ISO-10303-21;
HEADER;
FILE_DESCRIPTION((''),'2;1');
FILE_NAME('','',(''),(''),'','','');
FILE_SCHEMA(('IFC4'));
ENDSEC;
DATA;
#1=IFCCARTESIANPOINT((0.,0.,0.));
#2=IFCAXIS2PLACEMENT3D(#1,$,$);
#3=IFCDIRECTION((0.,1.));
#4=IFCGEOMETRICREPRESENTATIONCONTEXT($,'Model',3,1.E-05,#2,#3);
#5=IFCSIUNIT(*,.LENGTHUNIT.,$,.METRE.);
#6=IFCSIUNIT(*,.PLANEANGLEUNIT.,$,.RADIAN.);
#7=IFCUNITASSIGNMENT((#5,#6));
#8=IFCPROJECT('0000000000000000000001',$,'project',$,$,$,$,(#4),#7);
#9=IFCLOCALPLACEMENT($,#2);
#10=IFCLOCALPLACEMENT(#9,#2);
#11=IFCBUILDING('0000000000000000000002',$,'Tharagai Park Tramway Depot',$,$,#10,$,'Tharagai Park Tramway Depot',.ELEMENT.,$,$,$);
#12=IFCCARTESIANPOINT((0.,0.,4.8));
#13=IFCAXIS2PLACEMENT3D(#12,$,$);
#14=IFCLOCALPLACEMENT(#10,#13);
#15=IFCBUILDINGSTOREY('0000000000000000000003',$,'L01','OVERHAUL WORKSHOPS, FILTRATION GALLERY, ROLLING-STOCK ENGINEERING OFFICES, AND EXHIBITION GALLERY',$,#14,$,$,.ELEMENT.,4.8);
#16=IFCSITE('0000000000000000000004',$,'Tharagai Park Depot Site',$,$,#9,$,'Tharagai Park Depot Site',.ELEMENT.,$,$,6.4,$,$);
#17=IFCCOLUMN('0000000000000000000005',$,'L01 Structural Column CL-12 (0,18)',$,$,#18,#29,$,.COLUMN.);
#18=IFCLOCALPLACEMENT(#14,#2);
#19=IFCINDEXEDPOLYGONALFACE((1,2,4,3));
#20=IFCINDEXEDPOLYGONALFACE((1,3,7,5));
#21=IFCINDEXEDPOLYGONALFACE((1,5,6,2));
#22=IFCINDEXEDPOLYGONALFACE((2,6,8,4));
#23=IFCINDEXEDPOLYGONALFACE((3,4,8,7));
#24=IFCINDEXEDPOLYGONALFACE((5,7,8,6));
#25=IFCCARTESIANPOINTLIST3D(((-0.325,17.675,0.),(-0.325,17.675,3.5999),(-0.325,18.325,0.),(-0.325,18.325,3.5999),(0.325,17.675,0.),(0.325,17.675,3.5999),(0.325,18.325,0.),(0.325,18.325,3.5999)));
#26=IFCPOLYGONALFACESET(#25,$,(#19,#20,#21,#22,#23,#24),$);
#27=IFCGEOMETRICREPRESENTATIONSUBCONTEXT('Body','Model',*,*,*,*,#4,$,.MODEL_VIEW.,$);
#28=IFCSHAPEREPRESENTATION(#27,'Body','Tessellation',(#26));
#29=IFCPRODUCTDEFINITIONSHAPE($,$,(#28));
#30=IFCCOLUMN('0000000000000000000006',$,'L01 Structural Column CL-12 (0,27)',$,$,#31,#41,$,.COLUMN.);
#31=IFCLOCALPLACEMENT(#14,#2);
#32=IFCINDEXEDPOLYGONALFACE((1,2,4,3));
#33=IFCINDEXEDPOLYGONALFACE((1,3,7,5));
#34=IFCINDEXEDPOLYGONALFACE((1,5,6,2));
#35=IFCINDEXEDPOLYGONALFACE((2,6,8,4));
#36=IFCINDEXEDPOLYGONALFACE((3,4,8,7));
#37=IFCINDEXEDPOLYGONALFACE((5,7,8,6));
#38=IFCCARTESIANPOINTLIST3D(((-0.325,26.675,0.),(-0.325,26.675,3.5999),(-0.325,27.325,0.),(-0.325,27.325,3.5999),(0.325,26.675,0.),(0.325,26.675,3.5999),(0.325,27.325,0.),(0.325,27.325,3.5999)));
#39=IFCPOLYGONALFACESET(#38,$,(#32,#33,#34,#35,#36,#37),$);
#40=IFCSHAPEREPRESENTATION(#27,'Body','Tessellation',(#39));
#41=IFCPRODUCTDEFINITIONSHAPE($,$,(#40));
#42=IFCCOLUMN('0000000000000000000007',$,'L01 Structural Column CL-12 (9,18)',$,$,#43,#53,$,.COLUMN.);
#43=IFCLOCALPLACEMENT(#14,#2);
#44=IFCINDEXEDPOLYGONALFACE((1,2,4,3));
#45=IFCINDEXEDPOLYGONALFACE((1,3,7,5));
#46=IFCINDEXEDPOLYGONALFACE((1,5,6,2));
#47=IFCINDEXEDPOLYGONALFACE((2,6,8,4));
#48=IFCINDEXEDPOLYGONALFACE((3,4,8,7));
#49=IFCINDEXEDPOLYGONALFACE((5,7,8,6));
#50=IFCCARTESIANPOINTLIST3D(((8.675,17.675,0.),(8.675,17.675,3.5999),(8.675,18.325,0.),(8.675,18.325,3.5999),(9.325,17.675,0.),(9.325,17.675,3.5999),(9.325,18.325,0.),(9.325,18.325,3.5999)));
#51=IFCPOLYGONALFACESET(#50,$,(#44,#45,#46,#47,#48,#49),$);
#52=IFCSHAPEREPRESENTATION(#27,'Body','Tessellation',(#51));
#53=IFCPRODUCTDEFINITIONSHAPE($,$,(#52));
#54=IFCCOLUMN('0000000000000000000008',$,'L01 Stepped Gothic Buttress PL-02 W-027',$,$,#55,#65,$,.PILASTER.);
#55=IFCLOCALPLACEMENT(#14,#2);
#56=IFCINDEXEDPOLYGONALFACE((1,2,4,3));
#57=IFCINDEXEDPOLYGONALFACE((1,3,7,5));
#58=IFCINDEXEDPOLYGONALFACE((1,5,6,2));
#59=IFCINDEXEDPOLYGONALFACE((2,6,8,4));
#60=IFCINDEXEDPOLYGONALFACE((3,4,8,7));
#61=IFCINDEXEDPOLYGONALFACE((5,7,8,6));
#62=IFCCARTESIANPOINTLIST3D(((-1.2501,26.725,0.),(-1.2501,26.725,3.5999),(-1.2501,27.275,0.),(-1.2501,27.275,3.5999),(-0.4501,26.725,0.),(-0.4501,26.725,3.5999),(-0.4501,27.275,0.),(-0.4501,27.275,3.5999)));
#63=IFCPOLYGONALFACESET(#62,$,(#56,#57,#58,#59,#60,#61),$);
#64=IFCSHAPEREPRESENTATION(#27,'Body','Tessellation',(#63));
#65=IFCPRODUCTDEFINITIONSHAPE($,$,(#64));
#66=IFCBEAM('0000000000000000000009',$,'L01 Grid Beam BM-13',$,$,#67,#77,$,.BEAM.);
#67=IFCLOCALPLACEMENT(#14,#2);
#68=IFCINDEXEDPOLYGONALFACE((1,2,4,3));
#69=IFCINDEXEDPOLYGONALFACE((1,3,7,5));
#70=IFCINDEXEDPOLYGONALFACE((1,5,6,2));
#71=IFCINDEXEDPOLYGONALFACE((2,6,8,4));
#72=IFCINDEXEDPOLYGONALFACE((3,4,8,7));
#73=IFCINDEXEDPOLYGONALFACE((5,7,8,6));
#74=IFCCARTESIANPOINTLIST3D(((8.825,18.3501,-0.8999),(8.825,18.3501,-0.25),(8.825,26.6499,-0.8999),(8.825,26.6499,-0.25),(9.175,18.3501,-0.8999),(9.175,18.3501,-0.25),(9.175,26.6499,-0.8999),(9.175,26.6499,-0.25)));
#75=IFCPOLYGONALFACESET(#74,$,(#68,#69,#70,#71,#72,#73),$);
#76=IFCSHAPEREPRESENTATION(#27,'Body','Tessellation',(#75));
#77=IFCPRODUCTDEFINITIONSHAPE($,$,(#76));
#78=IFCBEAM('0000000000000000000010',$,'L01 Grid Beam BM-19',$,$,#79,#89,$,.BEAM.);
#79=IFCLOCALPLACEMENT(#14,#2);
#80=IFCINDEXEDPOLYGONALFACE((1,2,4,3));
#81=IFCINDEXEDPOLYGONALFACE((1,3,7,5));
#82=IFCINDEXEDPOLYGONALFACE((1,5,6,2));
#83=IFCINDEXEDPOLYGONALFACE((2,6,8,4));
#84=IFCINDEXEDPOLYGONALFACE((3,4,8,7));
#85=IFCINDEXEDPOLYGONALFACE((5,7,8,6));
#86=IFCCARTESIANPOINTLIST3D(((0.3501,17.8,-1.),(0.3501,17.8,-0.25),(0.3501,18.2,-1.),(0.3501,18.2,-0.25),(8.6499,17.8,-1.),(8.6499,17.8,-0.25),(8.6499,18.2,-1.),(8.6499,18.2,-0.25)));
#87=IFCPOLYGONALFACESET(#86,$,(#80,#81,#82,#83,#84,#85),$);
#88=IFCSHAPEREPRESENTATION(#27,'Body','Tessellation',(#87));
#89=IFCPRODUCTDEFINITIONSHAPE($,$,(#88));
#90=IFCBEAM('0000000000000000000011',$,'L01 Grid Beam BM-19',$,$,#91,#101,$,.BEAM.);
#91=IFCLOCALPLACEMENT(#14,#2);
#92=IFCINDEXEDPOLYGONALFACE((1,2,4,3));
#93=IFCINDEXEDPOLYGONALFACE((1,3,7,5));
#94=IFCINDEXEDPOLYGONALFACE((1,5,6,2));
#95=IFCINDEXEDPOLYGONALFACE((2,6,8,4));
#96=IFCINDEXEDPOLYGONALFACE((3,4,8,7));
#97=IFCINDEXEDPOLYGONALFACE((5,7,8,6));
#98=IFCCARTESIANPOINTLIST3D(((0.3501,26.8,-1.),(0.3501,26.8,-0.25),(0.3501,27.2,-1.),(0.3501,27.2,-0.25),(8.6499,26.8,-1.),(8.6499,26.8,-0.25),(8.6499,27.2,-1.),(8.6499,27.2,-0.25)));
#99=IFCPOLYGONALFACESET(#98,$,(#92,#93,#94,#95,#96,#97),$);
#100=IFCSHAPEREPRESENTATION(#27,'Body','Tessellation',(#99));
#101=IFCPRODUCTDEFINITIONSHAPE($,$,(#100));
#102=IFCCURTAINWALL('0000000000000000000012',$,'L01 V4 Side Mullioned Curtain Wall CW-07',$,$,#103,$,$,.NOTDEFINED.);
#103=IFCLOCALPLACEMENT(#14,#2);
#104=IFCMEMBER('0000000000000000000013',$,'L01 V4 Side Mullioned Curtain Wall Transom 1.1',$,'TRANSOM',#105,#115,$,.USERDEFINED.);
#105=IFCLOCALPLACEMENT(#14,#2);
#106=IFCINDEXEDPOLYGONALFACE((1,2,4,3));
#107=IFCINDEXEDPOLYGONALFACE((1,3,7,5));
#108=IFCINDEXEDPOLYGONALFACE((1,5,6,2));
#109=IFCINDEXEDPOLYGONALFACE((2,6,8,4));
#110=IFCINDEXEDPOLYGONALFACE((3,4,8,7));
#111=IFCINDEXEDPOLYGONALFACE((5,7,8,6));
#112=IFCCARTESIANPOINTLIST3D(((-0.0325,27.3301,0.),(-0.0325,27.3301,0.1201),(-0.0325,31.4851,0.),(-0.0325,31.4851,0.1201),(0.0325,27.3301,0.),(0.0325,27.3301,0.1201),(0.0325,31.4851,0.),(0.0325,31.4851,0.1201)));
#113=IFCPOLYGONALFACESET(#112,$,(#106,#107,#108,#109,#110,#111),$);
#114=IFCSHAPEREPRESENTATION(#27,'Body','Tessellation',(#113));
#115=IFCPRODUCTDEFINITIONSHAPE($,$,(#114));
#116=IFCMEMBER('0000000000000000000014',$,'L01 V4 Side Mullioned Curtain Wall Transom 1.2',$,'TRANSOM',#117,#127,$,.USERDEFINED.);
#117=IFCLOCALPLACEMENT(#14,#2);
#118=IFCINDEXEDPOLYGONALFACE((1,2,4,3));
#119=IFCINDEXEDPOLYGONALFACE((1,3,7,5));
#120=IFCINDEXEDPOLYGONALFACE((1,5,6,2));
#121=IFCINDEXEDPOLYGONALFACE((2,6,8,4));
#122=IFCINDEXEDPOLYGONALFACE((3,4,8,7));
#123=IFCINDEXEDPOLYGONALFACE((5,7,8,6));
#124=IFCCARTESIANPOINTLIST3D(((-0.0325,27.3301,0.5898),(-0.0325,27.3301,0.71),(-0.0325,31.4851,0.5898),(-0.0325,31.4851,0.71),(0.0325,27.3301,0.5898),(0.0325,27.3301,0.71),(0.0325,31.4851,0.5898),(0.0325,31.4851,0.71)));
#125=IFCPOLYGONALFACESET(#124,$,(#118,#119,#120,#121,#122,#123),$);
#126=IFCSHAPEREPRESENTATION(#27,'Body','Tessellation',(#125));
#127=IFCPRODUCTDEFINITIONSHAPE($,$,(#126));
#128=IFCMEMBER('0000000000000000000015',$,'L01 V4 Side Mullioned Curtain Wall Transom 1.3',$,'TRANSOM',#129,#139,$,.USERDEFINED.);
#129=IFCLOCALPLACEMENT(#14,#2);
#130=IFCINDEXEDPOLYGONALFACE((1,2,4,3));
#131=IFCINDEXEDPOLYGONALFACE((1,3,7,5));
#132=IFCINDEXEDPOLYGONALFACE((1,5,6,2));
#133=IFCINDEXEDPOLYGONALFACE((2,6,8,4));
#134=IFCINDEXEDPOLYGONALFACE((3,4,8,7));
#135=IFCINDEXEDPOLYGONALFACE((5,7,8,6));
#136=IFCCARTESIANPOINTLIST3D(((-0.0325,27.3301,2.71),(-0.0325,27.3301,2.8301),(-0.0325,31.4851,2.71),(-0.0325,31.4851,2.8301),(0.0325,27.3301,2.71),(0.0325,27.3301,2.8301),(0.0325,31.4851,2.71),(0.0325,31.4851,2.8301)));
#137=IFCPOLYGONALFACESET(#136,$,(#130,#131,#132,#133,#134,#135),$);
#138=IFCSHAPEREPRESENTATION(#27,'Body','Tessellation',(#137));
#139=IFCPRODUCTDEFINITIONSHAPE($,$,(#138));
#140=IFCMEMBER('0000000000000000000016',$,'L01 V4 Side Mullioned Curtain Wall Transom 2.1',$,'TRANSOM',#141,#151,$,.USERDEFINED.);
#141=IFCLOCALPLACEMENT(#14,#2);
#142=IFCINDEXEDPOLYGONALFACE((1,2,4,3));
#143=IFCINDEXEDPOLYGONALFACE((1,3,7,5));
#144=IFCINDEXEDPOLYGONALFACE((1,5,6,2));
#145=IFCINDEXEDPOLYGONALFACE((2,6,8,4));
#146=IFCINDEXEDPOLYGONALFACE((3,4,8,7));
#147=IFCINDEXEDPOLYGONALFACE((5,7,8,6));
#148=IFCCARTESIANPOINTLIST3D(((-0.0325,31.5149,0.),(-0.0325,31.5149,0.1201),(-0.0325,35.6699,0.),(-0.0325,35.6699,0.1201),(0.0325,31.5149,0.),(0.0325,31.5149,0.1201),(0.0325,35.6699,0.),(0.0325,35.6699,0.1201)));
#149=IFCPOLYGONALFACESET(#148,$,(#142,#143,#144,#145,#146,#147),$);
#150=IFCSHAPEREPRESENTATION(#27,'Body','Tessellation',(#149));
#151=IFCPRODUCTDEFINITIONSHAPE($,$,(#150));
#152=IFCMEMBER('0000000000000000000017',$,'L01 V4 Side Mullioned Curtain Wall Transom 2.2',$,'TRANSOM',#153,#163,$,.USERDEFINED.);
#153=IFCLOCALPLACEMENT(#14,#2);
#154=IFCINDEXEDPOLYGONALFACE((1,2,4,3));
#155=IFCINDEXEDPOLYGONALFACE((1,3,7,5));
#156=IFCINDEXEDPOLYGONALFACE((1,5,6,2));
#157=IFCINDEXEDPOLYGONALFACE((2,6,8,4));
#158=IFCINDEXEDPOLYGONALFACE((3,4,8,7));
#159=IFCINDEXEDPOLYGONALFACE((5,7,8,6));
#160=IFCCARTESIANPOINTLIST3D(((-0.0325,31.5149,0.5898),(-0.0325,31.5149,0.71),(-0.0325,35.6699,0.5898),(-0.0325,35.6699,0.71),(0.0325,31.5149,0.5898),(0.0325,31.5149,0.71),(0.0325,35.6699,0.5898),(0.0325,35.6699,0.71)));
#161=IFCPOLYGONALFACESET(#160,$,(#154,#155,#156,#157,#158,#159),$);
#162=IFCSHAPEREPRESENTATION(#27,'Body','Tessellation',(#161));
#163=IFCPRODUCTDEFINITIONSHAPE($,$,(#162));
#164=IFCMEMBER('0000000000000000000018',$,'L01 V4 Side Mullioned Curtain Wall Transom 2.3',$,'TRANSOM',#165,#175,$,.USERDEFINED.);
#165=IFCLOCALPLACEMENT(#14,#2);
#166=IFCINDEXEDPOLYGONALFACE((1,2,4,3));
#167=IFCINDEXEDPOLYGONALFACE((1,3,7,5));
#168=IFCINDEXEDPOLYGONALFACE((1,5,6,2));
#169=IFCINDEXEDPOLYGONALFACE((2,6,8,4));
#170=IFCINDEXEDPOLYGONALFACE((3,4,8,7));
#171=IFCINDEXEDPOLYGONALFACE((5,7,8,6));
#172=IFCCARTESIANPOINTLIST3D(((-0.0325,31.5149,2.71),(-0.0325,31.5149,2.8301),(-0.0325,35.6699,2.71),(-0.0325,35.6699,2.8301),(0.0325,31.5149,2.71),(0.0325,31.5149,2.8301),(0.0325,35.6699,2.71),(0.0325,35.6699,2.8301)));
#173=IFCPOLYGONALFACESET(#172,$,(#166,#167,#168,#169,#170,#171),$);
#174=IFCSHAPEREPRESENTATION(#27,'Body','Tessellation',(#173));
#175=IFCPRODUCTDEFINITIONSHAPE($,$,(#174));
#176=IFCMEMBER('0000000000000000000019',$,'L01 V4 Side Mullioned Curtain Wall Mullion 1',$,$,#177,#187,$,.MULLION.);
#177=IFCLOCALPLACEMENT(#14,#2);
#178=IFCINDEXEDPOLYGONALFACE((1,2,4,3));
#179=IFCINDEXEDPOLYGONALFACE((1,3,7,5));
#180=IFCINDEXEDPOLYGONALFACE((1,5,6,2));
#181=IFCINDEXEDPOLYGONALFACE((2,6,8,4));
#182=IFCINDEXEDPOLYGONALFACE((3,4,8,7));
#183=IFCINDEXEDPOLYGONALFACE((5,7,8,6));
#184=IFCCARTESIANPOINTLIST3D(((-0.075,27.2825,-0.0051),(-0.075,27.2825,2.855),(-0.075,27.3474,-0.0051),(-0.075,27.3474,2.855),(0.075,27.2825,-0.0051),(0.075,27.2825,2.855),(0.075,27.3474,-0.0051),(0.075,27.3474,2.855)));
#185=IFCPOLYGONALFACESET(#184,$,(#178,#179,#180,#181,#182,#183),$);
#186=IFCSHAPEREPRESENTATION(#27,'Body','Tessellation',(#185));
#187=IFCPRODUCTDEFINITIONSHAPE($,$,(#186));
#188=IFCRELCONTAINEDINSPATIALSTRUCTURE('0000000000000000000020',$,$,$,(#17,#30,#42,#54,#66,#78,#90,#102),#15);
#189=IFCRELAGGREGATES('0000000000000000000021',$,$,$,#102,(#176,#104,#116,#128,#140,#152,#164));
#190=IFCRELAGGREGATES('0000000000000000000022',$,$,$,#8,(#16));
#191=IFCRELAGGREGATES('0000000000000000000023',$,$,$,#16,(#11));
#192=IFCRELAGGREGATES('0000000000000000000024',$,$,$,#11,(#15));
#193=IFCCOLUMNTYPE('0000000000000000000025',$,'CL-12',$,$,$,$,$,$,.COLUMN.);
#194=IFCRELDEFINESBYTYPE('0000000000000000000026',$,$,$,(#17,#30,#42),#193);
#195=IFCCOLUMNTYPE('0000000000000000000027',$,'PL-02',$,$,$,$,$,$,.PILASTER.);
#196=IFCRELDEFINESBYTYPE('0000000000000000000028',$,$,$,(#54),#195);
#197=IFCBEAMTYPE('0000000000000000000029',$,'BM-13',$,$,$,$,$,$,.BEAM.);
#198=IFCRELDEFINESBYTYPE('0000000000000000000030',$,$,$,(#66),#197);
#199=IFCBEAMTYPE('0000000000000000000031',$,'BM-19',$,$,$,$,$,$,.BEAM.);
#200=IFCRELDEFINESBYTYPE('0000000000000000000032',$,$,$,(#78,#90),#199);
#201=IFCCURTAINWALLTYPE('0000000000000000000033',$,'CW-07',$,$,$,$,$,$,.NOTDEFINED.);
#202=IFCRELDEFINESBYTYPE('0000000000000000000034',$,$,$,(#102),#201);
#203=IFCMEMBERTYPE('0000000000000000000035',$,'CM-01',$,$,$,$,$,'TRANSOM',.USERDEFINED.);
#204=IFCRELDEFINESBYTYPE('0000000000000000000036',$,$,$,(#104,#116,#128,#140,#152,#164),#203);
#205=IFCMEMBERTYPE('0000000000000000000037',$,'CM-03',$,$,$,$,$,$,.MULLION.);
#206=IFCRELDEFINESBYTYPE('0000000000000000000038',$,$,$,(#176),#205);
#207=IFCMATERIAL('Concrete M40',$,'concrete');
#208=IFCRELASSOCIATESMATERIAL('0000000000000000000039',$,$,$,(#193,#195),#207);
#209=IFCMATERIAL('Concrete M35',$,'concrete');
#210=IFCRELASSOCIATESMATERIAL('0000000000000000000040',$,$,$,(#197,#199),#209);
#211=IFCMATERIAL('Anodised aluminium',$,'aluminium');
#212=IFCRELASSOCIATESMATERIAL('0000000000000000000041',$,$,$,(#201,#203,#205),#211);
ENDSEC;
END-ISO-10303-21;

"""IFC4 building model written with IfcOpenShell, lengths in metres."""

from ifc_helpers import new_model, si_unit, direction, frame, origin, origin_2d, place, context, subcontext, project, spatial, rectangle, extrude, material, material_profile, profile_set, type_object, element, aggregate, save


model = new_model("IFC4")

# Units and contexts
model_context = context("Model", 3, precision=1e-05, world=origin(), true_north=direction((0.0, 1.0)))
body_context = subcontext(model_context, "Body", "Model", "MODEL_VIEW")
ifc_project = project(units=[si_unit("LENGTHUNIT", "METRE"), si_unit("PLANEANGLEUNIT", "RADIAN")], contexts=[model_context])

# Site, building, storey
site_placement = place(None, origin())
site = spatial("IfcSite", under=ifc_project, at=site_placement, Name="Tharagai Park Depot Site", LongName="Tharagai Park Depot Site", CompositionType="ELEMENT", RefElevation=6.4)
building_placement = place(site_placement, origin())
building = spatial("IfcBuilding", under=site, at=building_placement, Name="Tharagai Park Tramway Depot", LongName="Tharagai Park Tramway Depot", CompositionType="ELEMENT")
storey_placement = place(building_placement, frame((0.0, 0.0, 4.8)))
storey = spatial("IfcBuildingStorey", under=building, at=storey_placement, Name="L01", Description="OVERHAUL WORKSHOPS, FILTRATION GALLERY, ROLLING-STOCK ENGINEERING OFFICES, AND EXHIBITION GALLERY", CompositionType="ELEMENT", Elevation=4.8)

# Columns
ifc_material_1 = material(Name="Concrete M40", Category="concrete")
ifc_material_profile_1 = material_profile(ifc_material_1, rectangle(XDim=0.6499, YDim=0.6499, at=origin_2d()), Name="RC 650x650")
ifc_profile_set_1 = profile_set([ifc_material_profile_1], Name="Concrete M40")
column_type_1 = type_object("IfcColumnType", Name="CL-12", PredefinedType="COLUMN", material=ifc_profile_set_1)
for number, where, z_axis, x_axis, name in (
    (1, (0.0, 18.0, 0.0), (0.0, 0.0, 1.0), (1.0, 0.0, 0.0), "L01 Structural Column CL-12 (0,18)"),
    (2, (0.0, 27.0, 0.0), (0.0, 0.0, 1.0), (1.0, 0.0, 0.0), "L01 Structural Column CL-12 (0,27)"),
    (3, (9.0, 18.0, 0.0), (0.0, 0.0, 1.0), (1.0, 0.0, 0.0), "L01 Structural Column CL-12 (9,18)"),
):
    element("IfcColumn", number, at=place(storey_placement, frame(where, z_axis=z_axis, x_axis=x_axis)), inside=storey, type_object=column_type_1, Name=name, PredefinedType="COLUMN", context=body_context, shape_type="SweptSolid", body=[
        extrude(rectangle(XDim=0.6499, YDim=0.6499, at=origin_2d()), origin(), (0.0, 0.0, 1.0), 3.5999),
    ])
ifc_material_profile_2 = material_profile(ifc_material_1, rectangle(XDim=0.55, YDim=0.8, at=origin_2d()), Name="RC 550x800")
ifc_profile_set_2 = profile_set([ifc_material_profile_2], Name="Concrete M40")
column_type_2 = type_object("IfcColumnType", Name="PL-02", PredefinedType="PILASTER", material=ifc_profile_set_2)
column_placement = place(storey_placement, frame((-0.8501, 27.0, 0.0), z_axis=(0.0, 0.0, 1.0), x_axis=(0.0, 1.0, 0.0)))
element("IfcColumn", 4, at=column_placement, inside=storey, type_object=column_type_2, Name="L01 Stepped Gothic Buttress PL-02 W-027", PredefinedType="PILASTER", context=body_context, shape_type="SweptSolid", body=[
    extrude(rectangle(XDim=0.55, YDim=0.8, at=origin_2d()), origin(), (0.0, 0.0, 1.0), 3.5999),
])

# Beams
ifc_material_2 = material(Name="Concrete M35", Category="concrete")
ifc_material_profile_3 = material_profile(ifc_material_2, rectangle(XDim=0.3501, YDim=0.6499, at=origin_2d()), Name="RC 350x650")
ifc_profile_set_3 = profile_set([ifc_material_profile_3], Name="Concrete M35")
beam_type_1 = type_object("IfcBeamType", Name="BM-13", PredefinedType="BEAM", material=ifc_profile_set_3)
beam_1_placement = place(storey_placement, frame((9.0, 18.3501, -0.575), z_axis=(0.0, 1.0, 0.0), x_axis=(-1.0, 0.0, 0.0)))
element("IfcBeam", 5, at=beam_1_placement, inside=storey, type_object=beam_type_1, Name="L01 Grid Beam BM-13", PredefinedType="BEAM", context=body_context, shape_type="SweptSolid", body=[
    extrude(rectangle(XDim=0.3501, YDim=0.6499, at=origin_2d()), origin(), (0.0, 0.0, 1.0), 8.2998),
])
ifc_material_profile_4 = material_profile(ifc_material_2, rectangle(XDim=0.3999, YDim=0.75, at=origin_2d()), Name="RC 400x750")
ifc_profile_set_4 = profile_set([ifc_material_profile_4], Name="Concrete M35")
beam_type_2 = type_object("IfcBeamType", Name="BM-19", PredefinedType="BEAM", material=ifc_profile_set_4)
for number, where, z_axis, x_axis, name in (
    (6, (0.3501, 18.0, -0.625), (1.0, 0.0, 0.0), (0.0, 1.0, 0.0), "L01 Grid Beam BM-19"),
    (7, (0.3501, 27.0, -0.625), (1.0, 0.0, 0.0), (0.0, 1.0, 0.0), "L01 Grid Beam BM-19"),
):
    element("IfcBeam", number, at=place(storey_placement, frame(where, z_axis=z_axis, x_axis=x_axis)), inside=storey, type_object=beam_type_2, Name=name, PredefinedType="BEAM", context=body_context, shape_type="SweptSolid", body=[
        extrude(rectangle(XDim=0.3999, YDim=0.75, at=origin_2d()), origin(), (0.0, 0.0, 1.0), 8.2998),
    ])

# Curtain wall, members
ifc_material_3 = material(Name="Anodised aluminium", Category="aluminium")
curtain_wall_type = type_object("IfcCurtainWallType", Name="CW-07", PredefinedType="NOTDEFINED", material=ifc_material_3)
curtain_wall_placement = place(storey_placement, origin())
curtain_wall = element("IfcCurtainWall", 8, at=curtain_wall_placement, inside=storey, type_object=curtain_wall_type, Name="L01 V4 Side Mullioned Curtain Wall CW-07", PredefinedType="NOTDEFINED")
ifc_material_profile_5 = material_profile(ifc_material_3, rectangle(XDim=0.0649, YDim=0.1201, at=origin_2d()), Name="ALU 65x120")
ifc_profile_set_5 = profile_set([ifc_material_profile_5], Name="Anodised aluminium")
member_type_1 = type_object("IfcMemberType", Name="CM-01", ElementType="TRANSOM", PredefinedType="USERDEFINED", material=ifc_profile_set_5)
member_1_placement = place(storey_placement, frame((0.0, 27.3301, 0.0601), z_axis=(0.0, 1.0, 0.0), x_axis=(-1.0, 0.0, 0.0)))
member_1 = element("IfcMember", 9, at=member_1_placement, type_object=member_type_1, Name="L01 V4 Side Mullioned Curtain Wall Transom 1.1", ObjectType="TRANSOM", PredefinedType="USERDEFINED", context=body_context, shape_type="SweptSolid", body=[
    extrude(rectangle(XDim=0.0649, YDim=0.1201, at=origin_2d()), origin(), (0.0, 0.0, 1.0), 4.155),
])
member_2_placement = place(storey_placement, frame((0.0, 27.3301, 0.6499), z_axis=(0.0, 1.0, 0.0), x_axis=(-1.0, 0.0, 0.0)))
member_2 = element("IfcMember", 10, at=member_2_placement, type_object=member_type_1, Name="L01 V4 Side Mullioned Curtain Wall Transom 1.2", ObjectType="TRANSOM", PredefinedType="USERDEFINED", context=body_context, shape_type="SweptSolid", body=[
    extrude(rectangle(XDim=0.0649, YDim=0.1201, at=origin_2d()), origin(), (0.0, 0.0, 1.0), 4.155),
])
member_3_placement = place(storey_placement, frame((0.0, 27.3301, 2.77), z_axis=(0.0, 1.0, 0.0), x_axis=(-1.0, 0.0, 0.0)))
member_3 = element("IfcMember", 11, at=member_3_placement, type_object=member_type_1, Name="L01 V4 Side Mullioned Curtain Wall Transom 1.3", ObjectType="TRANSOM", PredefinedType="USERDEFINED", context=body_context, shape_type="SweptSolid", body=[
    extrude(rectangle(XDim=0.0649, YDim=0.1201, at=origin_2d()), origin(), (0.0, 0.0, 1.0), 4.155),
])
member_4_placement = place(storey_placement, frame((0.0, 31.5149, 0.0601), z_axis=(0.0, 1.0, 0.0), x_axis=(-1.0, 0.0, 0.0)))
member_4 = element("IfcMember", 12, at=member_4_placement, type_object=member_type_1, Name="L01 V4 Side Mullioned Curtain Wall Transom 2.1", ObjectType="TRANSOM", PredefinedType="USERDEFINED", context=body_context, shape_type="SweptSolid", body=[
    extrude(rectangle(XDim=0.0649, YDim=0.1201, at=origin_2d()), origin(), (0.0, 0.0, 1.0), 4.155),
])
member_5_placement = place(storey_placement, frame((0.0, 31.5149, 0.6499), z_axis=(0.0, 1.0, 0.0), x_axis=(-1.0, 0.0, 0.0)))
member_5 = element("IfcMember", 13, at=member_5_placement, type_object=member_type_1, Name="L01 V4 Side Mullioned Curtain Wall Transom 2.2", ObjectType="TRANSOM", PredefinedType="USERDEFINED", context=body_context, shape_type="SweptSolid", body=[
    extrude(rectangle(XDim=0.0649, YDim=0.1201, at=origin_2d()), origin(), (0.0, 0.0, 1.0), 4.155),
])
member_6_placement = place(storey_placement, frame((0.0, 31.5149, 2.77), z_axis=(0.0, 1.0, 0.0), x_axis=(-1.0, 0.0, 0.0)))
member_6 = element("IfcMember", 14, at=member_6_placement, type_object=member_type_1, Name="L01 V4 Side Mullioned Curtain Wall Transom 2.3", ObjectType="TRANSOM", PredefinedType="USERDEFINED", context=body_context, shape_type="SweptSolid", body=[
    extrude(rectangle(XDim=0.0649, YDim=0.1201, at=origin_2d()), origin(), (0.0, 0.0, 1.0), 4.155),
])
ifc_material_profile_6 = material_profile(ifc_material_3, rectangle(XDim=0.0649, YDim=0.1499, at=origin_2d()), Name="ALU 65x150")
ifc_profile_set_6 = profile_set([ifc_material_profile_6], Name="Anodised aluminium")
member_type_2 = type_object("IfcMemberType", Name="CM-03", PredefinedType="MULLION", material=ifc_profile_set_6)
member_7_placement = place(storey_placement, frame((0.0, 27.3149, -0.0051), z_axis=(0.0, 0.0, 1.0), x_axis=(0.0, 1.0, 0.0)))
member_7 = element("IfcMember", 15, at=member_7_placement, type_object=member_type_2, Name="L01 V4 Side Mullioned Curtain Wall Mullion 1", PredefinedType="MULLION", context=body_context, shape_type="SweptSolid", body=[
    extrude(rectangle(XDim=0.0649, YDim=0.1499, at=origin_2d()), origin(), (0.0, 0.0, 1.0), 2.8601),
])

aggregate(curtain_wall, [member_7, member_1, member_2, member_3, member_4, member_5, member_6])

save(model, "model.ifc")
